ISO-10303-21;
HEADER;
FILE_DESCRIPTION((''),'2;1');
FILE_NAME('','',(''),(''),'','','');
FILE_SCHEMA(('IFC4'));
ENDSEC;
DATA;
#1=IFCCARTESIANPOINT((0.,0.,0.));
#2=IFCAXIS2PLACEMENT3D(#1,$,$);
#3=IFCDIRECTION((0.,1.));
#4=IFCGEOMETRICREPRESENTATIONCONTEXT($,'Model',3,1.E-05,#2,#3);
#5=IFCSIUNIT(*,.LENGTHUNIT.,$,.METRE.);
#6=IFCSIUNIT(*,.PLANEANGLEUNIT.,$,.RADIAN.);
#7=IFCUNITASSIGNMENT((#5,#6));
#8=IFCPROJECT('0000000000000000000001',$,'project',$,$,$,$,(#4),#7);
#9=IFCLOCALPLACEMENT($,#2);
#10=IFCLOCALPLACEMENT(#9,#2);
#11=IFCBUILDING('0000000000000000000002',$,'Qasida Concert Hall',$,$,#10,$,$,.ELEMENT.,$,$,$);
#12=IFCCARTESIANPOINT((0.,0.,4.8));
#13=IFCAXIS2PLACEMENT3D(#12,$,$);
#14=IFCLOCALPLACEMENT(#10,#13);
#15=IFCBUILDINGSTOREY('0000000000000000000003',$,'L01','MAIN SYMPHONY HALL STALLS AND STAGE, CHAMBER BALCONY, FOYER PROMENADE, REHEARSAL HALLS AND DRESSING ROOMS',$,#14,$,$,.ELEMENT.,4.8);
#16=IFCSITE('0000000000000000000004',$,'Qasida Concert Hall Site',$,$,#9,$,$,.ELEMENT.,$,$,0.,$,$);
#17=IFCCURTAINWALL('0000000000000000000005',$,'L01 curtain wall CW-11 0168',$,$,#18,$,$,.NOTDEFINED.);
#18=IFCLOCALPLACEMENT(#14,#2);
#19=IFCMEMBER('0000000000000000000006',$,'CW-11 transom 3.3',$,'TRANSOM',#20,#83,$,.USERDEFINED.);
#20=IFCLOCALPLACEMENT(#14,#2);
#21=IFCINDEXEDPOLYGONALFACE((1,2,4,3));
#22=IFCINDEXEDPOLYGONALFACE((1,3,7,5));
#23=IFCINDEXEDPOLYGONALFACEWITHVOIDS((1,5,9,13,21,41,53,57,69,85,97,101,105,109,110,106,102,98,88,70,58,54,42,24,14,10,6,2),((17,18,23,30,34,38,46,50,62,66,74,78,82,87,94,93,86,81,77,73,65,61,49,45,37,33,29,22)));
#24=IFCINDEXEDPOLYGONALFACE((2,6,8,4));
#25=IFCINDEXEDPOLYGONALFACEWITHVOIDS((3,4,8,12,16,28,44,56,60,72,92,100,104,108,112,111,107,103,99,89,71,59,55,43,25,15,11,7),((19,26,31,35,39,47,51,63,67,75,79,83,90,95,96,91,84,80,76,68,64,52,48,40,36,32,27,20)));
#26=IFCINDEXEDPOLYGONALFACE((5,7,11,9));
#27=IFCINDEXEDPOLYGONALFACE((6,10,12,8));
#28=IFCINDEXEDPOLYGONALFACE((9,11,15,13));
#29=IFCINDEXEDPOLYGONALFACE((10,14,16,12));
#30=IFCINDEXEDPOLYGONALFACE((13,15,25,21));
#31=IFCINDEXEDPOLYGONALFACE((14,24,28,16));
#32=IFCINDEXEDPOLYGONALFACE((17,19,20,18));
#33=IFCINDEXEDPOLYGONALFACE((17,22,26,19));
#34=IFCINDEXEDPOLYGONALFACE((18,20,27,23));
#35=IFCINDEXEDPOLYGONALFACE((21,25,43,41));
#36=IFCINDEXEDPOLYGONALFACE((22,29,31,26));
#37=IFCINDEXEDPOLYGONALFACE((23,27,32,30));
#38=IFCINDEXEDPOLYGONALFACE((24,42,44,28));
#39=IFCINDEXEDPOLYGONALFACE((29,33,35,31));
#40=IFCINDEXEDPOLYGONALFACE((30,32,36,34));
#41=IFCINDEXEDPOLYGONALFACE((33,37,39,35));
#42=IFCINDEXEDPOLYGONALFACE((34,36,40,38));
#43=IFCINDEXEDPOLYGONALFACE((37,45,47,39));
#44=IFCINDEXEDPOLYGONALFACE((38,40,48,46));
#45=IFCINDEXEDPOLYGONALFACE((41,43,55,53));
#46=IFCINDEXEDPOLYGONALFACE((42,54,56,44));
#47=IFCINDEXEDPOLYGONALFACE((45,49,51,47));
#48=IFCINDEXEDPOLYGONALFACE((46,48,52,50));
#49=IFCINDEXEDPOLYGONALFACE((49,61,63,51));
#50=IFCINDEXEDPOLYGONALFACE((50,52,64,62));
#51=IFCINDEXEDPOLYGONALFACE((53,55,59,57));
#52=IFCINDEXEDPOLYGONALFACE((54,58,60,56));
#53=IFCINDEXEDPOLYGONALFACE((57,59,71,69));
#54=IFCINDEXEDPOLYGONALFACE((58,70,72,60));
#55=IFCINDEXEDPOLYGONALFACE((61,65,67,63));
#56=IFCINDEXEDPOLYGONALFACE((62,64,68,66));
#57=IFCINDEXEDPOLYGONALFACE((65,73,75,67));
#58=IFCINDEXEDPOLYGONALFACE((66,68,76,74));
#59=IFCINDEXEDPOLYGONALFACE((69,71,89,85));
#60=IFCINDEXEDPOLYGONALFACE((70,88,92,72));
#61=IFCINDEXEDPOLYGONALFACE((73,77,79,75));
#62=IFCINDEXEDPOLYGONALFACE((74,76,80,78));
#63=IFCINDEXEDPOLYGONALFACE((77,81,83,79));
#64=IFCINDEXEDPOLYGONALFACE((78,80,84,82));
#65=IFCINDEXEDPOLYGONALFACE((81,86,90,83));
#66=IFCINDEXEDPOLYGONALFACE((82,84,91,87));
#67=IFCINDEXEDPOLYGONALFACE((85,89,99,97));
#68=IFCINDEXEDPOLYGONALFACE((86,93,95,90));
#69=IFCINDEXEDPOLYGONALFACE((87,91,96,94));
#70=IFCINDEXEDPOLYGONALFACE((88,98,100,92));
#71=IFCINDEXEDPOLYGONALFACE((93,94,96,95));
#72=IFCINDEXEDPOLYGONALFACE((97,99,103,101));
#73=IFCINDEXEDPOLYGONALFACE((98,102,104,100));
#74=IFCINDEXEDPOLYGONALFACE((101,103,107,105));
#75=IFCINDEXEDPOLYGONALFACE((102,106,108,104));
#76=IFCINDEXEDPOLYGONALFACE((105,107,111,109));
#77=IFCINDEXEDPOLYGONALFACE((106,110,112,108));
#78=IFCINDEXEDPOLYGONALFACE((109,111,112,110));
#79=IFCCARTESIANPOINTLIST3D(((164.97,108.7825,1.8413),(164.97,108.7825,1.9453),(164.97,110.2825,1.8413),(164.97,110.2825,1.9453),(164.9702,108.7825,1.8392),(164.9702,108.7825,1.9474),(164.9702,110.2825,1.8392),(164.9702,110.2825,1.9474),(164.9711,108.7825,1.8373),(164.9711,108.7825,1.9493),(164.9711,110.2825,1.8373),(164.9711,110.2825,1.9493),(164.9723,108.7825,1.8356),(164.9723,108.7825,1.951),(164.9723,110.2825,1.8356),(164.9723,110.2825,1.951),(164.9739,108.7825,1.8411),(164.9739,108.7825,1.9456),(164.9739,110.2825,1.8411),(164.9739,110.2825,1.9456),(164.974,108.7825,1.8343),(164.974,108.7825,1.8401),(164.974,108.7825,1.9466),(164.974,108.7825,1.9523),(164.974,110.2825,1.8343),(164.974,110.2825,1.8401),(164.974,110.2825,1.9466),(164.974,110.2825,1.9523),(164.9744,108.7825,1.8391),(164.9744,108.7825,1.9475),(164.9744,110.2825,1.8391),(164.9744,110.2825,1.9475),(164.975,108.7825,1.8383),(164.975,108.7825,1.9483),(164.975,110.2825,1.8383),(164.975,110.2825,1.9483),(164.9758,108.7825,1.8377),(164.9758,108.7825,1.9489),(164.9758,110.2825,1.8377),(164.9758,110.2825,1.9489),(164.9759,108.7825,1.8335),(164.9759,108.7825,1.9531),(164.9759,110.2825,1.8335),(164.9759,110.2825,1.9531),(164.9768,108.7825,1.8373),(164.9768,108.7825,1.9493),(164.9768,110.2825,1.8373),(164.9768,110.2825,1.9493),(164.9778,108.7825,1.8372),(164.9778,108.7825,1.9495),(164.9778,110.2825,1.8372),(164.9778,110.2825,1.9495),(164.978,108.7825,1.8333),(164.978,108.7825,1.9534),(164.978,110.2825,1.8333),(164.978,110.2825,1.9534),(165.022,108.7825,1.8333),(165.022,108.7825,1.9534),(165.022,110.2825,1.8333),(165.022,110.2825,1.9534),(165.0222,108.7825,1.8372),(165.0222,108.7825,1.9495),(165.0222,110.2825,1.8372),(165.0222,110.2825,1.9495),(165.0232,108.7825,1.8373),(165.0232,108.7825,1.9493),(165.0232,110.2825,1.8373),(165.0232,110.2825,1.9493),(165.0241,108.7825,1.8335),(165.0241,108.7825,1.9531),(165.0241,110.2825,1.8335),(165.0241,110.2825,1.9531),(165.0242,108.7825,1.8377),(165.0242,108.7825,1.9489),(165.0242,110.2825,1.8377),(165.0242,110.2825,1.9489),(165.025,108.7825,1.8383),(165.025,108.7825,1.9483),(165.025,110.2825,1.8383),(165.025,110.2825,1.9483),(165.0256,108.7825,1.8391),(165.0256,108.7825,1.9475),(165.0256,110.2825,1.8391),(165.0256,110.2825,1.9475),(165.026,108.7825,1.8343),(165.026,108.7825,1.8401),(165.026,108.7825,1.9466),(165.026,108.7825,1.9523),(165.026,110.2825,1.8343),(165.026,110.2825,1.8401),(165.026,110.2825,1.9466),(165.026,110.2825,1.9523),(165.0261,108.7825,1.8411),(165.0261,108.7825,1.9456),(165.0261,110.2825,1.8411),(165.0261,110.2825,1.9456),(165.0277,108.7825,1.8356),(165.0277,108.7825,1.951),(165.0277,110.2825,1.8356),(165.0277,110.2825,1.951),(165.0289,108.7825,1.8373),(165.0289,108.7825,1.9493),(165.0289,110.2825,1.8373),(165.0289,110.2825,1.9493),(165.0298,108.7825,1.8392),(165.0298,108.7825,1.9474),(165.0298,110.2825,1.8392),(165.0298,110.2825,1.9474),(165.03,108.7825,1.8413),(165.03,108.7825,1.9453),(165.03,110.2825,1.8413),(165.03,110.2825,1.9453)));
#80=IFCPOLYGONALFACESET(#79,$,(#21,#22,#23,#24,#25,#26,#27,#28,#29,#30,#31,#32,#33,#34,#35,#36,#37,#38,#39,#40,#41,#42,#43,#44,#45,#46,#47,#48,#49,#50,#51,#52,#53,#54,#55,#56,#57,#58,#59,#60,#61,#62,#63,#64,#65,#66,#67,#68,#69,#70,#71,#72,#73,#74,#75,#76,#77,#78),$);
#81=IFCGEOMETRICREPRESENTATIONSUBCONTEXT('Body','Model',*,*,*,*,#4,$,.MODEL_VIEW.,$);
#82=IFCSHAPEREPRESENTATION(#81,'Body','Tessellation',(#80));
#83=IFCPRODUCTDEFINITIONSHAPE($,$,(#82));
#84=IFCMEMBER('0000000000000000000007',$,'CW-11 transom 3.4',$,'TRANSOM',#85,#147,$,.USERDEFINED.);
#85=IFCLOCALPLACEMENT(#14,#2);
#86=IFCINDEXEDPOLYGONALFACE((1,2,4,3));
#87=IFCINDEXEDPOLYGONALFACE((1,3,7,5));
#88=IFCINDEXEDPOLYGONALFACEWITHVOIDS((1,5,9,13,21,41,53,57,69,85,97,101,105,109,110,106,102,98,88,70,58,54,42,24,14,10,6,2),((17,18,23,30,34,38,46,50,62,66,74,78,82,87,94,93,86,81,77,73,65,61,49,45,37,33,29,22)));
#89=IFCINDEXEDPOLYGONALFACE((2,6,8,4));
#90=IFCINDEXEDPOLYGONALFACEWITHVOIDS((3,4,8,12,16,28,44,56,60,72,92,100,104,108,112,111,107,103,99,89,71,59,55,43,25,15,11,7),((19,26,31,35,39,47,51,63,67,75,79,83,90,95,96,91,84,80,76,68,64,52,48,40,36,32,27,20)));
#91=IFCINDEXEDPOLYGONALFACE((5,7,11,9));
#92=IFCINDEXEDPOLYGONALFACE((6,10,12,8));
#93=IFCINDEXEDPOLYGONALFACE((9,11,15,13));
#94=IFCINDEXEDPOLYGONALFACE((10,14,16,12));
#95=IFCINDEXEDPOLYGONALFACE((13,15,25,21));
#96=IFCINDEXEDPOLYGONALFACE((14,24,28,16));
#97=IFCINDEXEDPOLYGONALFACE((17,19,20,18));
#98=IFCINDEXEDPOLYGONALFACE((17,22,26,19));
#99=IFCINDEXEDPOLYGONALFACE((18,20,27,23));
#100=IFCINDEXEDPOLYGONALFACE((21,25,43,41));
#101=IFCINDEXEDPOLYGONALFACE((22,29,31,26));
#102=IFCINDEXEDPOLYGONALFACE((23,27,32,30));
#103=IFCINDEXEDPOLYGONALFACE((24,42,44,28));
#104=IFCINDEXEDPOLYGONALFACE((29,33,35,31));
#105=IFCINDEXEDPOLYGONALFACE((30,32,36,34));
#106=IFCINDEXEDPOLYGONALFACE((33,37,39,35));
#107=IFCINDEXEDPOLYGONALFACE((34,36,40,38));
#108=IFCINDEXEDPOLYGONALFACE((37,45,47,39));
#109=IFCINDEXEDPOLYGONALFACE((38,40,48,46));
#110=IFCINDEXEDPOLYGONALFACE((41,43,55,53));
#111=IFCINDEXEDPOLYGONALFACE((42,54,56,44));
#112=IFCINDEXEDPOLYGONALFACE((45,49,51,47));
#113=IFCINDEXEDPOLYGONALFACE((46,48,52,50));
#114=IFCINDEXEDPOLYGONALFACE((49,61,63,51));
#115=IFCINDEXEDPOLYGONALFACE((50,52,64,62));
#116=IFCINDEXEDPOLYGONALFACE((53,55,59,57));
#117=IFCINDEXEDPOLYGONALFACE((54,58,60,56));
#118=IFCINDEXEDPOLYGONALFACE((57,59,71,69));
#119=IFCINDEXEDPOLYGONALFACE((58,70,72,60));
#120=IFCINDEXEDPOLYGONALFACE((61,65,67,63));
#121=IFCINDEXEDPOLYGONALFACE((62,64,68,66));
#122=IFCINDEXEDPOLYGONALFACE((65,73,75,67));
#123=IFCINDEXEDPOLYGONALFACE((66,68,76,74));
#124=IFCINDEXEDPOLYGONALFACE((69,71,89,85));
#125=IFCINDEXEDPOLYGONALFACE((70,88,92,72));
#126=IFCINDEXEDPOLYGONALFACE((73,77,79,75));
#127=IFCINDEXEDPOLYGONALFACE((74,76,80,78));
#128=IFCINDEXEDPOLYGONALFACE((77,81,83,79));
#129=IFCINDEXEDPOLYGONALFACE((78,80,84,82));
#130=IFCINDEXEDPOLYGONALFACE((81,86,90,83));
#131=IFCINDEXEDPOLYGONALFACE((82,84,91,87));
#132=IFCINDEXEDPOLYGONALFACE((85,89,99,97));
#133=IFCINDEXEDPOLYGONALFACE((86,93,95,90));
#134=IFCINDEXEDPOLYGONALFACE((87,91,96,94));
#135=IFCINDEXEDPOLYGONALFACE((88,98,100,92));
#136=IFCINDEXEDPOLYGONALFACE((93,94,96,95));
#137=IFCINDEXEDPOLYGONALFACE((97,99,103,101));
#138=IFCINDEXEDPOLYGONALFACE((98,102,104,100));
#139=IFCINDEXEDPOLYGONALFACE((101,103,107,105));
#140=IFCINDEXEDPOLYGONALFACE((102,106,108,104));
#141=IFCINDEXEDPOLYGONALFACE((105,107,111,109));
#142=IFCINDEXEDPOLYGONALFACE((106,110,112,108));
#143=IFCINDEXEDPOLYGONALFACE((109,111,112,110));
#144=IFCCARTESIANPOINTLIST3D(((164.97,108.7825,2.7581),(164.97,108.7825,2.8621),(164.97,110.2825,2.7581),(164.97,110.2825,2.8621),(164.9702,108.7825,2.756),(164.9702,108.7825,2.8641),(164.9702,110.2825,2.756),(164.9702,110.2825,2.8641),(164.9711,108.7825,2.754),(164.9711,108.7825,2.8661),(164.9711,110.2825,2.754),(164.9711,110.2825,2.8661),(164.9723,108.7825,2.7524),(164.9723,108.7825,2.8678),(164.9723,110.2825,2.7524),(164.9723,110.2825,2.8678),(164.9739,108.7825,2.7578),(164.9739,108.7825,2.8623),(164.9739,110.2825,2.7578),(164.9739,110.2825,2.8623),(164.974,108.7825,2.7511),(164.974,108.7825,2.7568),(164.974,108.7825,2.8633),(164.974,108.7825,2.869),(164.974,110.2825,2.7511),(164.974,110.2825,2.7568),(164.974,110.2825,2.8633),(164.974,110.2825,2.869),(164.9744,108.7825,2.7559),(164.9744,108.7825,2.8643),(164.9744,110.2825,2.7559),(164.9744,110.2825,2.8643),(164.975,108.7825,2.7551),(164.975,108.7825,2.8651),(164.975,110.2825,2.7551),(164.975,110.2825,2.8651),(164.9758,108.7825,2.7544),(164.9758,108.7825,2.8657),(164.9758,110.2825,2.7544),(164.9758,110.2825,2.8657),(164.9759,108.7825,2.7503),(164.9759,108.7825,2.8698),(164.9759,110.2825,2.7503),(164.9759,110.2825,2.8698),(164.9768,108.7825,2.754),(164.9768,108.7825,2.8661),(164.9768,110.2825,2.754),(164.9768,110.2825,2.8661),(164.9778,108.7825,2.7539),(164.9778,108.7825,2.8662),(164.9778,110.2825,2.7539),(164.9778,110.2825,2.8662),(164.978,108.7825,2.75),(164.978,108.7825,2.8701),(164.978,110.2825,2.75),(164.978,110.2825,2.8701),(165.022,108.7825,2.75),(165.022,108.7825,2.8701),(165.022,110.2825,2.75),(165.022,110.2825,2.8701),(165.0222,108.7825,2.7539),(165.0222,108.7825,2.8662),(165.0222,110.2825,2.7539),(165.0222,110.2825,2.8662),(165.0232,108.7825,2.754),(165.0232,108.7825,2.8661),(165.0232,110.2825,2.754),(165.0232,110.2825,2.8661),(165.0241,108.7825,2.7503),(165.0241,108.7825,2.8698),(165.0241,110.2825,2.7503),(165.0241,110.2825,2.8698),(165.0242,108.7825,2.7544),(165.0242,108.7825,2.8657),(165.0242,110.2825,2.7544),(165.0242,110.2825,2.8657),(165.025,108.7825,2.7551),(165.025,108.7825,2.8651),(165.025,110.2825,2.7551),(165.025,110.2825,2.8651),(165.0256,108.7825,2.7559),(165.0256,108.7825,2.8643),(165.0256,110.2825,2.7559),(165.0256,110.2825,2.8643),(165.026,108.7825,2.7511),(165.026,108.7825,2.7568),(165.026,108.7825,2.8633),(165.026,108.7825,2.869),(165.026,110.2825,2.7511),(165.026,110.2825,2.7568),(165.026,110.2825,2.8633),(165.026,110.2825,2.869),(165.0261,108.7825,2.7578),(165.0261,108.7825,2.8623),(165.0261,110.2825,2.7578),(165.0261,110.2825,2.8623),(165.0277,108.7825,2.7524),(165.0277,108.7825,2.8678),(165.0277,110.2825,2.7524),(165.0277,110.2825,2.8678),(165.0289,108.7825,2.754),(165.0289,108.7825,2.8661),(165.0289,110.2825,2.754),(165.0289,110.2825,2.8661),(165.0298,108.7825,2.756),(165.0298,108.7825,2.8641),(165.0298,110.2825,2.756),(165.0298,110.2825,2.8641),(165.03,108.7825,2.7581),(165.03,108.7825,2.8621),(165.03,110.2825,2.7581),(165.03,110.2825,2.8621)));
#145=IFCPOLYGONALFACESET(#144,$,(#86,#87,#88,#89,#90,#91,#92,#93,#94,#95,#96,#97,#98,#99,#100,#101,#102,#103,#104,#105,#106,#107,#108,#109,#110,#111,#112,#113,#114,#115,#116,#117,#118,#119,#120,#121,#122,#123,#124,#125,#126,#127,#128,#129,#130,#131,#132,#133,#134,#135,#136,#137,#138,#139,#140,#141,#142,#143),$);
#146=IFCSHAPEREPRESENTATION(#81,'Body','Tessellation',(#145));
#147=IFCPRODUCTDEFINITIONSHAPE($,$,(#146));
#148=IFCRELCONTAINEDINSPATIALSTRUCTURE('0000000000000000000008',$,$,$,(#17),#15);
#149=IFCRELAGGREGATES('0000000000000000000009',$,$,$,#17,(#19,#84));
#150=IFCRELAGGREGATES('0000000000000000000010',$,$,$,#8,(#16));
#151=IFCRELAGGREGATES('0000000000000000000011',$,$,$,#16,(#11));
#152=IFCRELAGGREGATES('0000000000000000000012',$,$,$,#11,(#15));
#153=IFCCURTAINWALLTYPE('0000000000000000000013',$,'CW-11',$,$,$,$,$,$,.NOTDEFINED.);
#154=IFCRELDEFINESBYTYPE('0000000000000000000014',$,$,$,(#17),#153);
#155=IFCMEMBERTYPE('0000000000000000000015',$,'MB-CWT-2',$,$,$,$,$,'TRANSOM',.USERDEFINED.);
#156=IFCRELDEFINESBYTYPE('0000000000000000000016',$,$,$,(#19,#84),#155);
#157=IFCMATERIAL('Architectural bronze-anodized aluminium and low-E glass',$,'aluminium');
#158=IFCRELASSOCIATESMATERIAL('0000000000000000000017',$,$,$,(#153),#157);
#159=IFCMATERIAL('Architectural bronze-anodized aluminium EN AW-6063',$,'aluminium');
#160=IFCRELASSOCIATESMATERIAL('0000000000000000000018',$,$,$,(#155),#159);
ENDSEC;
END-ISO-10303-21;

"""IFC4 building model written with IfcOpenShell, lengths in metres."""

from ifc_helpers import new_model, si_unit, direction, frame, origin, origin_2d, place, context, subcontext, project, spatial, hollow_rectangle, extrude, material, material_profile, profile_set, type_object, element, aggregate, save


model = new_model("IFC4")

# Units and contexts
model_context = context("Model", 3, precision=1e-05, world=origin(), true_north=direction((0.0, 1.0)))
body_context = subcontext(model_context, "Body", "Model", "MODEL_VIEW")
ifc_project = project(units=[si_unit("LENGTHUNIT", "METRE"), si_unit("PLANEANGLEUNIT", "RADIAN")], contexts=[model_context])

# Site, building, storey
site_placement = place(None, origin())
site = spatial("IfcSite", under=ifc_project, at=site_placement, Name="Qasida Concert Hall Site", CompositionType="ELEMENT", RefElevation=0.0)
building_placement = place(site_placement, origin())
building = spatial("IfcBuilding", under=site, at=building_placement, Name="Qasida Concert Hall", CompositionType="ELEMENT")
storey_placement = place(building_placement, frame((0.0, 0.0, 4.8)))
storey = spatial("IfcBuildingStorey", under=building, at=storey_placement, Name="L01", Description="MAIN SYMPHONY HALL STALLS AND STAGE, CHAMBER BALCONY, FOYER PROMENADE, REHEARSAL HALLS AND DRESSING ROOMS", CompositionType="ELEMENT", Elevation=4.8)

# Curtain wall, members
ifc_material_1 = material(Name="Architectural bronze-anodized aluminium and low-E glass", Category="aluminium")
curtain_wall_type = type_object("IfcCurtainWallType", Name="CW-11", PredefinedType="NOTDEFINED", material=ifc_material_1)
curtain_wall_placement = place(storey_placement, origin())
curtain_wall = element("IfcCurtainWall", 1, at=curtain_wall_placement, inside=storey, type_object=curtain_wall_type, Name="L01 curtain wall CW-11 0168", PredefinedType="NOTDEFINED")
ifc_material_2 = material(Name="Architectural bronze-anodized aluminium EN AW-6063", Category="aluminium")
ifc_material_profile_1 = material_profile(ifc_material_2, hollow_rectangle(XDim=0.0601, YDim=0.1201, WallThickness=0.0039, InnerFilletRadius=0.0039, OuterFilletRadius=0.0081, at=origin_2d()), Name="CWT 120x60x4")
ifc_profile_set_1 = profile_set([ifc_material_profile_1], Name="Architectural bronze-anodized aluminium EN AW-6063")
member_type_1 = type_object("IfcMemberType", Name="MB-CWT-2", ElementType="TRANSOM", PredefinedType="USERDEFINED", material=ifc_profile_set_1)
member_1_placement = place(storey_placement, frame((165.0, 108.7825, 1.8933), z_axis=(0.0, 1.0, 0.0), x_axis=(-1.0, 0.0, 0.0)))
member_1 = element("IfcMember", 2, at=member_1_placement, type_object=member_type_1, Name="CW-11 transom 3.3", ObjectType="TRANSOM", PredefinedType="USERDEFINED", context=body_context, shape_type="SweptSolid", body=[
    extrude(hollow_rectangle(XDim=0.0601, YDim=0.1201, WallThickness=0.0039, InnerFilletRadius=0.0039, OuterFilletRadius=0.0081, at=origin_2d()), origin(), (0.0, 0.0, 1.0), 1.5),
])
member_2_placement = place(storey_placement, frame((165.0, 108.7825, 2.8101), z_axis=(0.0, 1.0, 0.0), x_axis=(-1.0, 0.0, 0.0)))
member_2 = element("IfcMember", 3, at=member_2_placement, type_object=member_type_1, Name="CW-11 transom 3.4", ObjectType="TRANSOM", PredefinedType="USERDEFINED", context=body_context, shape_type="SweptSolid", body=[
    extrude(hollow_rectangle(XDim=0.0601, YDim=0.1201, WallThickness=0.0039, InnerFilletRadius=0.0039, OuterFilletRadius=0.0081, at=origin_2d()), origin(), (0.0, 0.0, 1.0), 1.5),
])
aggregate(curtain_wall, [member_1, member_2])

save(model, "model.ifc")
